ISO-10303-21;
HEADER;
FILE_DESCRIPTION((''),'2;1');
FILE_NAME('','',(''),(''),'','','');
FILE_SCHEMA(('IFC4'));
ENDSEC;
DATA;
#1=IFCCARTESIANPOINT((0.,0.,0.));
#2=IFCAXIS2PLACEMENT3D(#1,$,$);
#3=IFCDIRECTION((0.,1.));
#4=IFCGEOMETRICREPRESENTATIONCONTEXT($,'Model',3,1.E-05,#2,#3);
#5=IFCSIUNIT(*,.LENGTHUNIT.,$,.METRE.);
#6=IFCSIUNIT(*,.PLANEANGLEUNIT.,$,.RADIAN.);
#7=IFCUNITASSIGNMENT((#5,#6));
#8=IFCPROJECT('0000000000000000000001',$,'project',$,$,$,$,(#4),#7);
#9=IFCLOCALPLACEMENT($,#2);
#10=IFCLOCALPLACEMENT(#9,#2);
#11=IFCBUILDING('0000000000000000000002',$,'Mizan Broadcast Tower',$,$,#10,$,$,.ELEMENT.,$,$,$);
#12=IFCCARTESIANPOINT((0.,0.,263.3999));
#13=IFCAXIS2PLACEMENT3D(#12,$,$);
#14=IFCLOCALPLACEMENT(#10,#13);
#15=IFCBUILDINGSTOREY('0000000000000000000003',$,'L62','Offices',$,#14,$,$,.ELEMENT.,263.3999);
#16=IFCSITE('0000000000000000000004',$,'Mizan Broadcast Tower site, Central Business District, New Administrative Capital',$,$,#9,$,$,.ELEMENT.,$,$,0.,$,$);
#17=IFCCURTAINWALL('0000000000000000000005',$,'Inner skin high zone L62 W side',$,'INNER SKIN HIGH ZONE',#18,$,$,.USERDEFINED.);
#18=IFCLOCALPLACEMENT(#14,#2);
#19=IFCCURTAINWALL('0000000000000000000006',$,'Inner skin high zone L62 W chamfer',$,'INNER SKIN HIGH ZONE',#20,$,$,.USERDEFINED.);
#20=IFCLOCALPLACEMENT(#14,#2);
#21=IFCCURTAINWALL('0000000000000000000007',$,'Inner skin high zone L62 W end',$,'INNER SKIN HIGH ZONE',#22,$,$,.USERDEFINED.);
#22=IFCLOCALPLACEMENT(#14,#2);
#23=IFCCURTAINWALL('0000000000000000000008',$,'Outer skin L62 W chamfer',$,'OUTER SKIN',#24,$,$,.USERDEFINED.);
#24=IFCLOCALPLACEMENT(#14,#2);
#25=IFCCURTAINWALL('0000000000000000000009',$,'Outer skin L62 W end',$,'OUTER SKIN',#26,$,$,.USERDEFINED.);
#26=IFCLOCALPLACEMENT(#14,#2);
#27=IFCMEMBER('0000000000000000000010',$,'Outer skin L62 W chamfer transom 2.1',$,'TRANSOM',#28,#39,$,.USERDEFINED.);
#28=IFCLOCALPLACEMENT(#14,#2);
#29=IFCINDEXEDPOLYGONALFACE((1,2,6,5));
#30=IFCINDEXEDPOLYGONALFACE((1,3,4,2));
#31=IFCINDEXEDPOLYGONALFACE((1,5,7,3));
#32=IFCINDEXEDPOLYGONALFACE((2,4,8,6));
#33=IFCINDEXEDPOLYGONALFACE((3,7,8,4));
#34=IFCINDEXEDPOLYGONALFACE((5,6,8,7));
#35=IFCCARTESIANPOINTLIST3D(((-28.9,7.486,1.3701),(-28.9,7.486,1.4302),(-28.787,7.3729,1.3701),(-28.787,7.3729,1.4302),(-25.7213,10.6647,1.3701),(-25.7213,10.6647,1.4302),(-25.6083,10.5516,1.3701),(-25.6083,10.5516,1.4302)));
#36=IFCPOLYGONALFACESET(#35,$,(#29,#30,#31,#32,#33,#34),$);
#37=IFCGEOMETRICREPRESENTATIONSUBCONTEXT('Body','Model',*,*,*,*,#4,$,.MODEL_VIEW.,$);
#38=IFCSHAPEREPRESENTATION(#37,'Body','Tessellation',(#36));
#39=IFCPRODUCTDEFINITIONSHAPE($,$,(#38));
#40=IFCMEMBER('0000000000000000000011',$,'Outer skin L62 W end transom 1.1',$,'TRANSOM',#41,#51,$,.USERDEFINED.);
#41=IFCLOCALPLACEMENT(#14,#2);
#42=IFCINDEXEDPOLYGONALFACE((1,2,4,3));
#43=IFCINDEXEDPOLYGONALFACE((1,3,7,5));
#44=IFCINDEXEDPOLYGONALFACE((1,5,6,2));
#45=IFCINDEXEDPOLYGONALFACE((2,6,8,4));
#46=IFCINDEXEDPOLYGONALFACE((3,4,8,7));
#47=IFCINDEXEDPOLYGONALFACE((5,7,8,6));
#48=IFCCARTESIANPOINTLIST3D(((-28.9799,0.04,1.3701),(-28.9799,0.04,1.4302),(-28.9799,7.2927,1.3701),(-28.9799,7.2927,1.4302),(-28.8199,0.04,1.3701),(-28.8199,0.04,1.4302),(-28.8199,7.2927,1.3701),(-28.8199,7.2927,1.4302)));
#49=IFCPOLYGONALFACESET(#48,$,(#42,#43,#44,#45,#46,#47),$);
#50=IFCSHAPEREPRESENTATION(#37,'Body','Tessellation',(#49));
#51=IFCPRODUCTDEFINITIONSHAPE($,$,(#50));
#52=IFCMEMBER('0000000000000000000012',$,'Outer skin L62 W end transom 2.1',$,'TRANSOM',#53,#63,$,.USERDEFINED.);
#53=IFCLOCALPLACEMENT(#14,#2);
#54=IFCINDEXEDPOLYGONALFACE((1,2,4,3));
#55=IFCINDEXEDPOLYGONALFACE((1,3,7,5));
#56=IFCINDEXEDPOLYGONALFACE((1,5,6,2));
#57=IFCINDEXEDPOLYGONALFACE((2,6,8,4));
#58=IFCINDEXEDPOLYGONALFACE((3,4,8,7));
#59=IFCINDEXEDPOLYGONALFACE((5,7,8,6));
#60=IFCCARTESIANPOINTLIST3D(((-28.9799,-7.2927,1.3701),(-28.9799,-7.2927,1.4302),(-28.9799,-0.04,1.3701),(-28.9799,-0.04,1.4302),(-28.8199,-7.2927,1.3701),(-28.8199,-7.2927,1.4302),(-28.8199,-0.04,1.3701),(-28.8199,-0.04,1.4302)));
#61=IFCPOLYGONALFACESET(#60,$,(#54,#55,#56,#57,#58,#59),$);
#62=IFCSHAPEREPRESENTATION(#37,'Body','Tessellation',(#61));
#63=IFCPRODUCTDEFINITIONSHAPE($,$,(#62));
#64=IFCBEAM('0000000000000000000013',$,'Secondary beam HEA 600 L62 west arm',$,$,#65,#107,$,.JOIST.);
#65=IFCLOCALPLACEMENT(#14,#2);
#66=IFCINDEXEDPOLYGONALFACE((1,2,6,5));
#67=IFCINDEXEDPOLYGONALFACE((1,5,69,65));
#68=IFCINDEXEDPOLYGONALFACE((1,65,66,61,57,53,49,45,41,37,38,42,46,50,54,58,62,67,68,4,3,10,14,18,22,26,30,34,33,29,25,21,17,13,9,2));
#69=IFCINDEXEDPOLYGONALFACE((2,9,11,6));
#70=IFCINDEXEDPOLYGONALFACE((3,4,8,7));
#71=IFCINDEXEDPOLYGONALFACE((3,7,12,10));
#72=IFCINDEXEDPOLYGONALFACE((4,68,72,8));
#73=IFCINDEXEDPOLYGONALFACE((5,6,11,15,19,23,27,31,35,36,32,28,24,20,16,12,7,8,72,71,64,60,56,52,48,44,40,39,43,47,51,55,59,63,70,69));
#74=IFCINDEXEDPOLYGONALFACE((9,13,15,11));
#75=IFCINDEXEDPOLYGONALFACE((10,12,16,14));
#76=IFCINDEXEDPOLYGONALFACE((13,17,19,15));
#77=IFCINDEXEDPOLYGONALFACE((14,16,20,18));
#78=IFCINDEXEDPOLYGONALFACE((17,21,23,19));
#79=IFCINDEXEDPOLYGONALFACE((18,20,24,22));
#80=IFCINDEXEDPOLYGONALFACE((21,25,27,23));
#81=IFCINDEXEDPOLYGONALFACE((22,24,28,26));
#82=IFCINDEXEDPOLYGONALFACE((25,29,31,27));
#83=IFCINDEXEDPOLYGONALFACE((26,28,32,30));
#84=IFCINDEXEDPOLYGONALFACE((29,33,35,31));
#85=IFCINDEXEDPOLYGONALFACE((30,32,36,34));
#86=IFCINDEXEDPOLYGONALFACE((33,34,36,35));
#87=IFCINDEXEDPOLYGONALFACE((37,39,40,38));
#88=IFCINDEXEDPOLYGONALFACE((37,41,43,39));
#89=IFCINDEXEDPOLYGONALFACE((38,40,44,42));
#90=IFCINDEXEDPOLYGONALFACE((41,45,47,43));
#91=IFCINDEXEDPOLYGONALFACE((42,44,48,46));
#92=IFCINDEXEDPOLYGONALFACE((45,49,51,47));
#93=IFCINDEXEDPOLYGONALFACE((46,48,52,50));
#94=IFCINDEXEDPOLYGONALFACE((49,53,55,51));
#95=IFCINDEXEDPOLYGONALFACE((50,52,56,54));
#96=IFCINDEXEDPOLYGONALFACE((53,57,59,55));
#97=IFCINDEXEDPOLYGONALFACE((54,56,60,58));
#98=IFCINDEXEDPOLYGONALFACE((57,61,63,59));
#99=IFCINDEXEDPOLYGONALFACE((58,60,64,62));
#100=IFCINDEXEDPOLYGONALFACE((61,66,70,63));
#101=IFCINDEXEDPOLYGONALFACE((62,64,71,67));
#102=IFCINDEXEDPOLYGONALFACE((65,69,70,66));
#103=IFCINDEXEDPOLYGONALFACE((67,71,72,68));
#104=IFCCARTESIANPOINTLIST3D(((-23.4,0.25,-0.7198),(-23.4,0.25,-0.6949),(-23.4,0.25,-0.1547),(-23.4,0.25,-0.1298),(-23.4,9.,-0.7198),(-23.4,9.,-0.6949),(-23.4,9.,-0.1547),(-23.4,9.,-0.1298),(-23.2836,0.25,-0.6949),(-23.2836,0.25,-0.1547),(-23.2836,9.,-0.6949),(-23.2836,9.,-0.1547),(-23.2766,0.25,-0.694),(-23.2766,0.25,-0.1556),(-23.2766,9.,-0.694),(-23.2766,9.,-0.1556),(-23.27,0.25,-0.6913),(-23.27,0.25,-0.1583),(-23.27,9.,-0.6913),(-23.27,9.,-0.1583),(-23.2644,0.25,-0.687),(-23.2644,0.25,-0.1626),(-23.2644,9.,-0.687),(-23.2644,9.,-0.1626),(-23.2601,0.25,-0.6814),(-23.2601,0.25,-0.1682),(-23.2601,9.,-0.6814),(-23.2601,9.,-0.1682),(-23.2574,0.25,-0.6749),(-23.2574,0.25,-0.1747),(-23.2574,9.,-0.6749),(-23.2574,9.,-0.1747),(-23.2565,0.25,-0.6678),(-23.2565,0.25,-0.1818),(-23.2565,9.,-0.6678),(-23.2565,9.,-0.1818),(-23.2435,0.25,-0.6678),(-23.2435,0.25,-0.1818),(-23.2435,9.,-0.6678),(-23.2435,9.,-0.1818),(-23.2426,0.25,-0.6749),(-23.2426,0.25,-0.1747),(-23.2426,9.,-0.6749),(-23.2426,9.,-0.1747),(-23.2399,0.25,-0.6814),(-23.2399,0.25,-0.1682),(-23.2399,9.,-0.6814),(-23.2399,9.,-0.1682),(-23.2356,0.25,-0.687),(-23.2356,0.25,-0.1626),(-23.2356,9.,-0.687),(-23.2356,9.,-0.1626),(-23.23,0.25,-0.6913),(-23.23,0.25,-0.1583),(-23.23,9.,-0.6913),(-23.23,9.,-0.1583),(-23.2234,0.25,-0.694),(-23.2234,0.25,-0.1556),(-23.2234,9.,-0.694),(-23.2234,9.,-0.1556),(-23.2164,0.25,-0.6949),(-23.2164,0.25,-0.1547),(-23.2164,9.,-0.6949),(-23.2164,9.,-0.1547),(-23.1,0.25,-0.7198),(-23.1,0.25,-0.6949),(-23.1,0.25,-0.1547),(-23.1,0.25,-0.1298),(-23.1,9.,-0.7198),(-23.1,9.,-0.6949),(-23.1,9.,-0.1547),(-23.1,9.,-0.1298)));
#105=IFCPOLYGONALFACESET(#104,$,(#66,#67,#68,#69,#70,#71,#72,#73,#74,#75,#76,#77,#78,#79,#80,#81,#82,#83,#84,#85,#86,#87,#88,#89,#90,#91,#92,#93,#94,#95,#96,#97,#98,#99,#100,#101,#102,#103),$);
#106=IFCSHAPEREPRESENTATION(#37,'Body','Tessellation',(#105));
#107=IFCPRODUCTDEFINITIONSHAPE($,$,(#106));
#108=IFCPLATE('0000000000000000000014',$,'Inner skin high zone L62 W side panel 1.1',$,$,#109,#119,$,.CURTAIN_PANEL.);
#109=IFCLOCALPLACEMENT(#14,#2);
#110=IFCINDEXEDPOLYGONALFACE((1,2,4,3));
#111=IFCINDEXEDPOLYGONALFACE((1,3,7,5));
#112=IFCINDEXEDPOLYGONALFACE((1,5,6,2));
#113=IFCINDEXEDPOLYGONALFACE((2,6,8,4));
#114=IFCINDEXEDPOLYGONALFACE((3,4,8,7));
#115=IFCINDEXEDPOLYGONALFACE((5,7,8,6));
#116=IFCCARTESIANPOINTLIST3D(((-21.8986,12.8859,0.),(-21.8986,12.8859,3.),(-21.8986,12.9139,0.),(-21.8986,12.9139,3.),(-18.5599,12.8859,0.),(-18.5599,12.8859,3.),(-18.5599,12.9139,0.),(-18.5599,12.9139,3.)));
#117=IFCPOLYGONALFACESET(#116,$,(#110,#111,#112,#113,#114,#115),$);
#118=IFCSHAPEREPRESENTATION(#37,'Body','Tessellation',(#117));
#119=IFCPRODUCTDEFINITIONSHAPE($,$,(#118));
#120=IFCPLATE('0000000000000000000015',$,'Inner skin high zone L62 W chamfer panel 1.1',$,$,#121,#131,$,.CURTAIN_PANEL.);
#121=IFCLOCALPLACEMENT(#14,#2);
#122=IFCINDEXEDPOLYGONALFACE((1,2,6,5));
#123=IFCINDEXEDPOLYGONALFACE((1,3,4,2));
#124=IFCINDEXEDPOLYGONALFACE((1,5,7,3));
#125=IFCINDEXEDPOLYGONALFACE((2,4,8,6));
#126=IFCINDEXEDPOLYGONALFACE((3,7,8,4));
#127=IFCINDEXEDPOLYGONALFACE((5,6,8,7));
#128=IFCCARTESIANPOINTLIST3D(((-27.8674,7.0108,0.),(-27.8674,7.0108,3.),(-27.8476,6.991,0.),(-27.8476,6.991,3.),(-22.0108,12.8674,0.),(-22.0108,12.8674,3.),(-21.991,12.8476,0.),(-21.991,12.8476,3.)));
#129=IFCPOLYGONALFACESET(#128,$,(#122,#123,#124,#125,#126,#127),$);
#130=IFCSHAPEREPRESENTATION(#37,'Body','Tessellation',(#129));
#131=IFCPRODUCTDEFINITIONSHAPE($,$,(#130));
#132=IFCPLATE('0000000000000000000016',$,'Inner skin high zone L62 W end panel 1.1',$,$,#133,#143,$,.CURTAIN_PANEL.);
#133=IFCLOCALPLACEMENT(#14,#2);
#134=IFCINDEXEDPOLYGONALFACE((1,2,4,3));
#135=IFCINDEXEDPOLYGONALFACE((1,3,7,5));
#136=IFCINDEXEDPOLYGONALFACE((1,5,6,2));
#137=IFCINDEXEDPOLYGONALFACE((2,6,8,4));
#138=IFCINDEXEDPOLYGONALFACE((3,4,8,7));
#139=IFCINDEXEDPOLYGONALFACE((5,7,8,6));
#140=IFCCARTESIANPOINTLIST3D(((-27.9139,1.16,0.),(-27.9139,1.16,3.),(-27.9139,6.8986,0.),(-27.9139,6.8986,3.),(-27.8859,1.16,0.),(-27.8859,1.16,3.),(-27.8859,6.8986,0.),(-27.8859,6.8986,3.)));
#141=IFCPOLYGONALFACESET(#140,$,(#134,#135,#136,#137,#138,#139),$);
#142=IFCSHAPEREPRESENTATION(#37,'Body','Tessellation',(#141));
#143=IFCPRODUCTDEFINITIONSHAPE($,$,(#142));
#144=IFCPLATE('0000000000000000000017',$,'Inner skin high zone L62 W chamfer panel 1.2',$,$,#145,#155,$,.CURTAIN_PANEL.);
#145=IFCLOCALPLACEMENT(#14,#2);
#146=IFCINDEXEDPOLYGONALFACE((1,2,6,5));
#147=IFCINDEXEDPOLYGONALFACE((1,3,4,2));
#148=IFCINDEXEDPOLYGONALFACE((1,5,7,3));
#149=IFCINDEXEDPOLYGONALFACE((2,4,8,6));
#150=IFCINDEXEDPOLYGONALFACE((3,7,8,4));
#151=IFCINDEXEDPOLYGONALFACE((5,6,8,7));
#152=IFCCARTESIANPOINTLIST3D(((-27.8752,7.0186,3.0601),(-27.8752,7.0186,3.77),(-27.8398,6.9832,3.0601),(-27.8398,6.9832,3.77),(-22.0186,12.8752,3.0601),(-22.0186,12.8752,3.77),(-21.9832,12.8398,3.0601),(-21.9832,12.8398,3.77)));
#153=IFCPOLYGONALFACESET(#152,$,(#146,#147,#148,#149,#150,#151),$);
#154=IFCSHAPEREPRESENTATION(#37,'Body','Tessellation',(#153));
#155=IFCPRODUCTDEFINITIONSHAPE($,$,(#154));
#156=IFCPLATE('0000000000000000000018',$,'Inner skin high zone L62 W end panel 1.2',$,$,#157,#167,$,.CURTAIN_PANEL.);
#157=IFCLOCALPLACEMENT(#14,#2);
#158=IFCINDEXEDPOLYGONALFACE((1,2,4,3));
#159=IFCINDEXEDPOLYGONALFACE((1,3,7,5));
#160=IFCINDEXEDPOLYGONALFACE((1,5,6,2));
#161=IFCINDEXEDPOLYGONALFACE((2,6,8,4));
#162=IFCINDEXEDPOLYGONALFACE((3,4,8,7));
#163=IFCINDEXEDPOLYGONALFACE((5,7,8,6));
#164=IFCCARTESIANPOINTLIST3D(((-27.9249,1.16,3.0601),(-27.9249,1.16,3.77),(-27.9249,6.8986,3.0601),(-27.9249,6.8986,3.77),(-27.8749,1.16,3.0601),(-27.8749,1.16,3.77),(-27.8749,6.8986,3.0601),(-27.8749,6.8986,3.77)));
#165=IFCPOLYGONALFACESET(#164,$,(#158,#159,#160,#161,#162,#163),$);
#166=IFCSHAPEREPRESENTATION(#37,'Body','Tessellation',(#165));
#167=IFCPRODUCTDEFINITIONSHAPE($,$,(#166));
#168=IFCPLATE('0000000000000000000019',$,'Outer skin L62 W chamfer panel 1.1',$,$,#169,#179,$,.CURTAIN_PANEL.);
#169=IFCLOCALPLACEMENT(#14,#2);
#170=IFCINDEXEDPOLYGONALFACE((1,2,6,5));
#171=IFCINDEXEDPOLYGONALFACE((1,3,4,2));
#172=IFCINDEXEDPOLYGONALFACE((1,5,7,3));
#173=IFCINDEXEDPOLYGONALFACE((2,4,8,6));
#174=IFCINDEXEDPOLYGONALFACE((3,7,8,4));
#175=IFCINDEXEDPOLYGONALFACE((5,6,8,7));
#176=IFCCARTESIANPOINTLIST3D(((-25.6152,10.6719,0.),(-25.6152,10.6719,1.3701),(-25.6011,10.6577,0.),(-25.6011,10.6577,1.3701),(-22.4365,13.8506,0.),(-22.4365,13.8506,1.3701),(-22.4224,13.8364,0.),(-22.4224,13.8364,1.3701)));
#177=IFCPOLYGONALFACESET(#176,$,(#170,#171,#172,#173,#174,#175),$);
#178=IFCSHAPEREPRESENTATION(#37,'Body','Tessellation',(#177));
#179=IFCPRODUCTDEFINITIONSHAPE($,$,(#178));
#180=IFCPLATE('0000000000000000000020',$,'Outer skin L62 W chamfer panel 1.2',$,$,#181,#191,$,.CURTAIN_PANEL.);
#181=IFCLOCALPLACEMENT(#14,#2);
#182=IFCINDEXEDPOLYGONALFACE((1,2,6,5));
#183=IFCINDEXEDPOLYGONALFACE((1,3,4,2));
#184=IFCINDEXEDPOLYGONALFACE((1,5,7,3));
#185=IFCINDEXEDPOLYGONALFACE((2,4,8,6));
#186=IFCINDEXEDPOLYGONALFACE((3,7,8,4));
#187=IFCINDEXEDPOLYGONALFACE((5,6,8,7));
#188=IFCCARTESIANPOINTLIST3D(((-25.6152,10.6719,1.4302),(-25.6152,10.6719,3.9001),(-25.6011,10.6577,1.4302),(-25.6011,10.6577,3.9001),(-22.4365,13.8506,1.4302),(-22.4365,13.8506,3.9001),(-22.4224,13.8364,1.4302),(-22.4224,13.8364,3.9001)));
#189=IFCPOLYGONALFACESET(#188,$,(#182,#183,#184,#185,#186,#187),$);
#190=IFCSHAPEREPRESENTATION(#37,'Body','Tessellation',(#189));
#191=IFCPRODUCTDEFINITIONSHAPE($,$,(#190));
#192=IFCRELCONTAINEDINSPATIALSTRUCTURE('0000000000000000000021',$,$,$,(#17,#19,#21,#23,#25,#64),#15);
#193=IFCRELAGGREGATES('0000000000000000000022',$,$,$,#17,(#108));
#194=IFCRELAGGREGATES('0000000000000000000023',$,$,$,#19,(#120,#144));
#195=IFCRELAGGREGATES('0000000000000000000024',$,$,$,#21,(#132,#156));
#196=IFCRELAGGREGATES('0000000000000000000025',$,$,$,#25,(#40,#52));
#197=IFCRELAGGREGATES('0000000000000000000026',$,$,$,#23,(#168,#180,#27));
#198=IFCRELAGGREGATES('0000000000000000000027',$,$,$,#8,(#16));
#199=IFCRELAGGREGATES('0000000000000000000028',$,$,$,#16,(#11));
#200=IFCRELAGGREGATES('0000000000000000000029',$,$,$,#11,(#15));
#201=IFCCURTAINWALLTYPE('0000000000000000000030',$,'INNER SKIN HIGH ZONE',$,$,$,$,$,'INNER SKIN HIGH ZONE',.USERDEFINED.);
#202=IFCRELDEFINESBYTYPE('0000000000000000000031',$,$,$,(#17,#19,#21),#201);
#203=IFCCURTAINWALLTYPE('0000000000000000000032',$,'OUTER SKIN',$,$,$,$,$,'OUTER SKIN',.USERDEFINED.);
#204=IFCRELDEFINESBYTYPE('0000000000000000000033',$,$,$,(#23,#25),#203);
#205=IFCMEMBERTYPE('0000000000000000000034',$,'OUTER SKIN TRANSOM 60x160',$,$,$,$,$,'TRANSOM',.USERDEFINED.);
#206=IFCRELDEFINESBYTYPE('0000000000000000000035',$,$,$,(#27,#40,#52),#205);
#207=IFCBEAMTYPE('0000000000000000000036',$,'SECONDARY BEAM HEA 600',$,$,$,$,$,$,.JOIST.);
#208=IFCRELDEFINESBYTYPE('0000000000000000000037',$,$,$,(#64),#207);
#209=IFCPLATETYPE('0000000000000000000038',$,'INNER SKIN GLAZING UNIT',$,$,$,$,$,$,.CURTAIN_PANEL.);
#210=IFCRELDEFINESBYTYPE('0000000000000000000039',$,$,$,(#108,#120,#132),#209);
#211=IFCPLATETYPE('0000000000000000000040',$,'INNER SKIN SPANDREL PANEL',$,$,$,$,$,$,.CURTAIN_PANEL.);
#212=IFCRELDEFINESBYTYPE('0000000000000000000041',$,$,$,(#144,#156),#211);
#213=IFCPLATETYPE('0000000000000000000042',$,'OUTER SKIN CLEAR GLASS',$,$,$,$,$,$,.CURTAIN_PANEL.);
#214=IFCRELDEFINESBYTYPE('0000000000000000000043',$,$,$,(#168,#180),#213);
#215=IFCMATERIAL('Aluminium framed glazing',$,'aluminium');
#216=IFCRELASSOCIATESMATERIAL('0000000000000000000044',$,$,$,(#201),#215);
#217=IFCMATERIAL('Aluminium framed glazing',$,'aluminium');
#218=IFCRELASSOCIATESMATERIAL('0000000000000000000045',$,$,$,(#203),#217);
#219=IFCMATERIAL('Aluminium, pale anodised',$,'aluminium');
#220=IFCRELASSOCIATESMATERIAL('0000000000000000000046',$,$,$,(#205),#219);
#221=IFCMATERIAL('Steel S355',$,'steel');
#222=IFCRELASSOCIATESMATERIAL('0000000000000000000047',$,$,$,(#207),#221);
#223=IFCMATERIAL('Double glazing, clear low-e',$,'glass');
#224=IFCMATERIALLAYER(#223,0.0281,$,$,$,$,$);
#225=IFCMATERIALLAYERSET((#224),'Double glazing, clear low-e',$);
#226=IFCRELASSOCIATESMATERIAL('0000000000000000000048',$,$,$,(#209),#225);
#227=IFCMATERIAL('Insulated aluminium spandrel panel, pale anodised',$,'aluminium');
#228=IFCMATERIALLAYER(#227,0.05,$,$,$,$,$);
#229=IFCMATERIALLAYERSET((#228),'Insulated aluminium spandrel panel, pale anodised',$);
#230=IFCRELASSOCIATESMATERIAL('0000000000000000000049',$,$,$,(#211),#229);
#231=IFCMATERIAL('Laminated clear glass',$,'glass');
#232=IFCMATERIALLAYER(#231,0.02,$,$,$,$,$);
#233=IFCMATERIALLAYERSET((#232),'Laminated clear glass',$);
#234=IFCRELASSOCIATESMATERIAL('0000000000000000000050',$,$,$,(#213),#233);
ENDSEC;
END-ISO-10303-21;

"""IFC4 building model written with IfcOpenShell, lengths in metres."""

from ifc_helpers import new_model, si_unit, direction, frame, origin, origin_2d, place, context, subcontext, project, spatial, rectangle, i_section, extrude, material, layer, layer_set, material_profile, profile_set, type_object, element, aggregate, save


model = new_model("IFC4")

# Units and contexts
model_context = context("Model", 3, precision=1e-05, world=origin(), true_north=direction((0.0, 1.0)))
body_context = subcontext(model_context, "Body", "Model", "MODEL_VIEW")
ifc_project = project(units=[si_unit("LENGTHUNIT", "METRE"), si_unit("PLANEANGLEUNIT", "RADIAN")], contexts=[model_context])

# Site, building, storey
site_placement = place(None, origin())
site = spatial("IfcSite", under=ifc_project, at=site_placement, Name="Mizan Broadcast Tower site, Central Business District, New Administrative Capital", CompositionType="ELEMENT", RefElevation=0.0)
building_placement = place(site_placement, origin())
building = spatial("IfcBuilding", under=site, at=building_placement, Name="Mizan Broadcast Tower", CompositionType="ELEMENT")
storey_placement = place(building_placement, frame((0.0, 0.0, 263.3999)))
storey = spatial("IfcBuildingStorey", under=building, at=storey_placement, Name="L62", Description="Offices", CompositionType="ELEMENT", Elevation=263.3999)

# Curtain walls
ifc_material_1 = material(Name="Aluminium framed glazing", Category="aluminium")
curtain_wall_type_1 = type_object("IfcCurtainWallType", Name="INNER SKIN HIGH ZONE", ElementType="INNER SKIN HIGH ZONE", PredefinedType="USERDEFINED", material=ifc_material_1)
curtain_wall_1_placement = place(storey_placement, origin())
curtain_wall_1 = element("IfcCurtainWall", 1, at=curtain_wall_1_placement, inside=storey, type_object=curtain_wall_type_1, Name="Inner skin high zone L62 W side", ObjectType="INNER SKIN HIGH ZONE", PredefinedType="USERDEFINED")
curtain_wall_2_placement = place(storey_placement, origin())
curtain_wall_2 = element("IfcCurtainWall", 2, at=curtain_wall_2_placement, inside=storey, type_object=curtain_wall_type_1, Name="Inner skin high zone L62 W chamfer", ObjectType="INNER SKIN HIGH ZONE", PredefinedType="USERDEFINED")
curtain_wall_3_placement = place(storey_placement, origin())
curtain_wall_3 = element("IfcCurtainWall", 3, at=curtain_wall_3_placement, inside=storey, type_object=curtain_wall_type_1, Name="Inner skin high zone L62 W end", ObjectType="INNER SKIN HIGH ZONE", PredefinedType="USERDEFINED")

# Curtain wall
ifc_material_2 = material(Name="Aluminium framed glazing", Category="aluminium")
curtain_wall_type_2 = type_object("IfcCurtainWallType", Name="OUTER SKIN", ElementType="OUTER SKIN", PredefinedType="USERDEFINED", material=ifc_material_2)
curtain_wall_4_placement = place(storey_placement, origin())
curtain_wall_4 = element("IfcCurtainWall", 4, at=curtain_wall_4_placement, inside=storey, type_object=curtain_wall_type_2, Name="Outer skin L62 W chamfer", ObjectType="OUTER SKIN", PredefinedType="USERDEFINED")

# Curtain wall
curtain_wall_5_placement = place(storey_placement, origin())
curtain_wall_5 = element("IfcCurtainWall", 5, at=curtain_wall_5_placement, inside=storey, type_object=curtain_wall_type_2, Name="Outer skin L62 W end", ObjectType="OUTER SKIN", PredefinedType="USERDEFINED")

# Members
ifc_material_3 = material(Name="Aluminium, pale anodised", Category="aluminium")
ifc_material_profile_1 = material_profile(ifc_material_3, rectangle(XDim=0.1599, YDim=0.0601, at=origin_2d()), Name="TRANSOM 160x60")
ifc_profile_set_1 = profile_set([ifc_material_profile_1], Name="Aluminium, pale anodised")
member_type_1 = type_object("IfcMemberType", Name="OUTER SKIN TRANSOM 60x160", ElementType="TRANSOM", PredefinedType="USERDEFINED", material=ifc_profile_set_1)
member_1_placement = place(storey_placement, frame((-25.6648, 10.6082, 1.4001), z_axis=(-0.707107, -0.707107, 0.0), x_axis=(0.707107, -0.707107, 0.0)))
member_1 = element("IfcMember", 6, at=member_1_placement, type_object=member_type_1, Name="Outer skin L62 W chamfer transom 2.1", ObjectType="TRANSOM", PredefinedType="USERDEFINED", context=body_context, shape_type="SweptSolid", body=[
    extrude(rectangle(XDim=0.1599, YDim=0.0601, at=origin_2d()), origin(), (0.0, 0.0, 1.0), 4.4954),
])
member_2_placement = place(storey_placement, frame((-28.8999, 7.2927, 1.4001), z_axis=(0.0, -1.0, 0.0), x_axis=(1.0, 0.0, 0.0)))
member_2 = element("IfcMember", 7, at=member_2_placement, type_object=member_type_1, Name="Outer skin L62 W end transom 1.1", ObjectType="TRANSOM", PredefinedType="USERDEFINED", context=body_context, shape_type="SweptSolid", body=[
    extrude(rectangle(XDim=0.1599, YDim=0.0601, at=origin_2d()), origin(), (0.0, 0.0, 1.0), 7.2527),
])
member_3_placement = place(storey_placement, frame((-28.8999, -0.04, 1.4001), z_axis=(0.0, -1.0, 0.0), x_axis=(1.0, 0.0, 0.0)))
member_3 = element("IfcMember", 8, at=member_3_placement, type_object=member_type_1, Name="Outer skin L62 W end transom 2.1", ObjectType="TRANSOM", PredefinedType="USERDEFINED", context=body_context, shape_type="SweptSolid", body=[
    extrude(rectangle(XDim=0.1599, YDim=0.0601, at=origin_2d()), origin(), (0.0, 0.0, 1.0), 7.2527),
])

# Beam
ifc_material_4 = material(Name="Steel S355", Category="steel")
ifc_material_profile_2 = material_profile(ifc_material_4, i_section(OverallWidth=0.3, OverallDepth=0.5901, WebThickness=0.0129, FlangeThickness=0.0249, FilletRadius=0.0271, at=origin_2d()), Name="HEA 600")
ifc_profile_set_2 = profile_set([ifc_material_profile_2], Name="Steel S355")
beam_type_1 = type_object("IfcBeamType", Name="SECONDARY BEAM HEA 600", PredefinedType="JOIST", material=ifc_profile_set_2)
beam_1_placement = place(storey_placement, frame((-23.25, 9.0, -0.4248), z_axis=(0.0, -1.0, 0.0), x_axis=(1.0, 0.0, 0.0)))
element("IfcBeam", 9, at=beam_1_placement, inside=storey, type_object=beam_type_1, Name="Secondary beam HEA 600 L62 west arm", PredefinedType="JOIST", context=body_context, shape_type="SweptSolid", body=[
    extrude(i_section(OverallWidth=0.3, OverallDepth=0.5901, WebThickness=0.0129, FlangeThickness=0.0249, FilletRadius=0.0271, at=origin_2d()), origin(), (0.0, 0.0, 1.0), 8.75),
])

# Plates
ifc_material_5 = material(Name="Double glazing, clear low-e", Category="glass")
ifc_layer_1 = layer(ifc_material_5, 0.0281)
ifc_layer_set_1 = layer_set([ifc_layer_1], Name="Double glazing, clear low-e")
plate_type_1 = type_object("IfcPlateType", Name="INNER SKIN GLAZING UNIT", PredefinedType="CURTAIN_PANEL", material=ifc_layer_set_1)
plate_1_placement = place(storey_placement, frame((-20.2292, 12.8999, 0.0), z_axis=(0.0, 0.0, 1.0), x_axis=(-1.0, 0.0, 0.0)))
plate_1 = element("IfcPlate", 10, at=plate_1_placement, type_object=plate_type_1, Name="Inner skin high zone L62 W side panel 1.1", PredefinedType="CURTAIN_PANEL", context=body_context, shape_type="SweptSolid", body=[
    extrude(rectangle(XDim=3.3386, YDim=0.0281, at=origin_2d()), origin(), (0.0, 0.0, 1.0), 3.0),
])
aggregate(curtain_wall_1, [plate_1])
plate_2_placement = place(storey_placement, frame((-24.9292, 9.9292, 0.0), z_axis=(0.0, 0.0, 1.0), x_axis=(-0.707107, -0.707107, 0.0)))
plate_2 = element("IfcPlate", 11, at=plate_2_placement, type_object=plate_type_1, Name="Inner skin high zone L62 W chamfer panel 1.1", PredefinedType="CURTAIN_PANEL", context=body_context, shape_type="SweptSolid", body=[
    extrude(rectangle(XDim=8.2825, YDim=0.0281, at=origin_2d()), origin(), (0.0, 0.0, 1.0), 3.0),
])
plate_3_placement = place(storey_placement, frame((-27.8999, 4.0293, 0.0), z_axis=(0.0, 0.0, 1.0), x_axis=(0.0, -1.0, 0.0)))
plate_3 = element("IfcPlate", 12, at=plate_3_placement, type_object=plate_type_1, Name="Inner skin high zone L62 W end panel 1.1", PredefinedType="CURTAIN_PANEL", context=body_context, shape_type="SweptSolid", body=[
    extrude(rectangle(XDim=5.7385, YDim=0.0281, at=origin_2d()), origin(), (0.0, 0.0, 1.0), 3.0),
])
ifc_material_6 = material(Name="Insulated aluminium spandrel panel, pale anodised", Category="aluminium")
ifc_layer_2 = layer(ifc_material_6, 0.05)
ifc_layer_set_2 = layer_set([ifc_layer_2], Name="Insulated aluminium spandrel panel, pale anodised")
plate_type_2 = type_object("IfcPlateType", Name="INNER SKIN SPANDREL PANEL", PredefinedType="CURTAIN_PANEL", material=ifc_layer_set_2)
plate_4_placement = place(storey_placement, frame((-24.9292, 9.9292, 3.0601), z_axis=(0.0, 0.0, 1.0), x_axis=(-0.707107, -0.707107, 0.0)))
plate_4 = element("IfcPlate", 13, at=plate_4_placement, type_object=plate_type_2, Name="Inner skin high zone L62 W chamfer panel 1.2", PredefinedType="CURTAIN_PANEL", context=body_context, shape_type="SweptSolid", body=[
    extrude(rectangle(XDim=8.2825, YDim=0.05, at=origin_2d()), origin(), (0.0, 0.0, 1.0), 0.71),
])
aggregate(curtain_wall_2, [plate_2, plate_4])
plate_5_placement = place(storey_placement, frame((-27.8999, 4.0293, 3.0601), z_axis=(0.0, 0.0, 1.0), x_axis=(0.0, -1.0, 0.0)))
plate_5 = element("IfcPlate", 14, at=plate_5_placement, type_object=plate_type_2, Name="Inner skin high zone L62 W end panel 1.2", PredefinedType="CURTAIN_PANEL", context=body_context, shape_type="SweptSolid", body=[
    extrude(rectangle(XDim=5.7385, YDim=0.05, at=origin_2d()), origin(), (0.0, 0.0, 1.0), 0.71),
])
aggregate(curtain_wall_3, [plate_3, plate_5])
ifc_material_7 = material(Name="Laminated clear glass", Category="glass")
ifc_layer_3 = layer(ifc_material_7, 0.02)
ifc_layer_set_3 = layer_set([ifc_layer_3], Name="Laminated clear glass")
plate_type_3 = type_object("IfcPlateType", Name="OUTER SKIN CLEAR GLASS", PredefinedType="CURTAIN_PANEL", material=ifc_layer_set_3)
plate_6_placement = place(storey_placement, frame((-24.0188, 12.2542, 0.0), z_axis=(0.0, 0.0, 1.0), x_axis=(-0.707107, -0.707107, 0.0)))
plate_6 = element("IfcPlate", 15, at=plate_6_placement, type_object=plate_type_3, Name="Outer skin L62 W chamfer panel 1.1", PredefinedType="CURTAIN_PANEL", context=body_context, shape_type="SweptSolid", body=[
    extrude(rectangle(XDim=4.4954, YDim=0.02, at=origin_2d()), origin(), (0.0, 0.0, 1.0), 1.3701),
])
plate_7_placement = place(storey_placement, frame((-24.0188, 12.2542, 1.4302), z_axis=(0.0, 0.0, 1.0), x_axis=(-0.707107, -0.707107, 0.0)))
plate_7 = element("IfcPlate", 16, at=plate_7_placement, type_object=plate_type_3, Name="Outer skin L62 W chamfer panel 1.2", PredefinedType="CURTAIN_PANEL", context=body_context, shape_type="SweptSolid", body=[
    extrude(rectangle(XDim=4.4954, YDim=0.02, at=origin_2d()), origin(), (0.0, 0.0, 1.0), 2.47),
])
aggregate(curtain_wall_5, [member_2, member_3])
aggregate(curtain_wall_4, [plate_6, plate_7, member_1])

save(model, "model.ifc")
